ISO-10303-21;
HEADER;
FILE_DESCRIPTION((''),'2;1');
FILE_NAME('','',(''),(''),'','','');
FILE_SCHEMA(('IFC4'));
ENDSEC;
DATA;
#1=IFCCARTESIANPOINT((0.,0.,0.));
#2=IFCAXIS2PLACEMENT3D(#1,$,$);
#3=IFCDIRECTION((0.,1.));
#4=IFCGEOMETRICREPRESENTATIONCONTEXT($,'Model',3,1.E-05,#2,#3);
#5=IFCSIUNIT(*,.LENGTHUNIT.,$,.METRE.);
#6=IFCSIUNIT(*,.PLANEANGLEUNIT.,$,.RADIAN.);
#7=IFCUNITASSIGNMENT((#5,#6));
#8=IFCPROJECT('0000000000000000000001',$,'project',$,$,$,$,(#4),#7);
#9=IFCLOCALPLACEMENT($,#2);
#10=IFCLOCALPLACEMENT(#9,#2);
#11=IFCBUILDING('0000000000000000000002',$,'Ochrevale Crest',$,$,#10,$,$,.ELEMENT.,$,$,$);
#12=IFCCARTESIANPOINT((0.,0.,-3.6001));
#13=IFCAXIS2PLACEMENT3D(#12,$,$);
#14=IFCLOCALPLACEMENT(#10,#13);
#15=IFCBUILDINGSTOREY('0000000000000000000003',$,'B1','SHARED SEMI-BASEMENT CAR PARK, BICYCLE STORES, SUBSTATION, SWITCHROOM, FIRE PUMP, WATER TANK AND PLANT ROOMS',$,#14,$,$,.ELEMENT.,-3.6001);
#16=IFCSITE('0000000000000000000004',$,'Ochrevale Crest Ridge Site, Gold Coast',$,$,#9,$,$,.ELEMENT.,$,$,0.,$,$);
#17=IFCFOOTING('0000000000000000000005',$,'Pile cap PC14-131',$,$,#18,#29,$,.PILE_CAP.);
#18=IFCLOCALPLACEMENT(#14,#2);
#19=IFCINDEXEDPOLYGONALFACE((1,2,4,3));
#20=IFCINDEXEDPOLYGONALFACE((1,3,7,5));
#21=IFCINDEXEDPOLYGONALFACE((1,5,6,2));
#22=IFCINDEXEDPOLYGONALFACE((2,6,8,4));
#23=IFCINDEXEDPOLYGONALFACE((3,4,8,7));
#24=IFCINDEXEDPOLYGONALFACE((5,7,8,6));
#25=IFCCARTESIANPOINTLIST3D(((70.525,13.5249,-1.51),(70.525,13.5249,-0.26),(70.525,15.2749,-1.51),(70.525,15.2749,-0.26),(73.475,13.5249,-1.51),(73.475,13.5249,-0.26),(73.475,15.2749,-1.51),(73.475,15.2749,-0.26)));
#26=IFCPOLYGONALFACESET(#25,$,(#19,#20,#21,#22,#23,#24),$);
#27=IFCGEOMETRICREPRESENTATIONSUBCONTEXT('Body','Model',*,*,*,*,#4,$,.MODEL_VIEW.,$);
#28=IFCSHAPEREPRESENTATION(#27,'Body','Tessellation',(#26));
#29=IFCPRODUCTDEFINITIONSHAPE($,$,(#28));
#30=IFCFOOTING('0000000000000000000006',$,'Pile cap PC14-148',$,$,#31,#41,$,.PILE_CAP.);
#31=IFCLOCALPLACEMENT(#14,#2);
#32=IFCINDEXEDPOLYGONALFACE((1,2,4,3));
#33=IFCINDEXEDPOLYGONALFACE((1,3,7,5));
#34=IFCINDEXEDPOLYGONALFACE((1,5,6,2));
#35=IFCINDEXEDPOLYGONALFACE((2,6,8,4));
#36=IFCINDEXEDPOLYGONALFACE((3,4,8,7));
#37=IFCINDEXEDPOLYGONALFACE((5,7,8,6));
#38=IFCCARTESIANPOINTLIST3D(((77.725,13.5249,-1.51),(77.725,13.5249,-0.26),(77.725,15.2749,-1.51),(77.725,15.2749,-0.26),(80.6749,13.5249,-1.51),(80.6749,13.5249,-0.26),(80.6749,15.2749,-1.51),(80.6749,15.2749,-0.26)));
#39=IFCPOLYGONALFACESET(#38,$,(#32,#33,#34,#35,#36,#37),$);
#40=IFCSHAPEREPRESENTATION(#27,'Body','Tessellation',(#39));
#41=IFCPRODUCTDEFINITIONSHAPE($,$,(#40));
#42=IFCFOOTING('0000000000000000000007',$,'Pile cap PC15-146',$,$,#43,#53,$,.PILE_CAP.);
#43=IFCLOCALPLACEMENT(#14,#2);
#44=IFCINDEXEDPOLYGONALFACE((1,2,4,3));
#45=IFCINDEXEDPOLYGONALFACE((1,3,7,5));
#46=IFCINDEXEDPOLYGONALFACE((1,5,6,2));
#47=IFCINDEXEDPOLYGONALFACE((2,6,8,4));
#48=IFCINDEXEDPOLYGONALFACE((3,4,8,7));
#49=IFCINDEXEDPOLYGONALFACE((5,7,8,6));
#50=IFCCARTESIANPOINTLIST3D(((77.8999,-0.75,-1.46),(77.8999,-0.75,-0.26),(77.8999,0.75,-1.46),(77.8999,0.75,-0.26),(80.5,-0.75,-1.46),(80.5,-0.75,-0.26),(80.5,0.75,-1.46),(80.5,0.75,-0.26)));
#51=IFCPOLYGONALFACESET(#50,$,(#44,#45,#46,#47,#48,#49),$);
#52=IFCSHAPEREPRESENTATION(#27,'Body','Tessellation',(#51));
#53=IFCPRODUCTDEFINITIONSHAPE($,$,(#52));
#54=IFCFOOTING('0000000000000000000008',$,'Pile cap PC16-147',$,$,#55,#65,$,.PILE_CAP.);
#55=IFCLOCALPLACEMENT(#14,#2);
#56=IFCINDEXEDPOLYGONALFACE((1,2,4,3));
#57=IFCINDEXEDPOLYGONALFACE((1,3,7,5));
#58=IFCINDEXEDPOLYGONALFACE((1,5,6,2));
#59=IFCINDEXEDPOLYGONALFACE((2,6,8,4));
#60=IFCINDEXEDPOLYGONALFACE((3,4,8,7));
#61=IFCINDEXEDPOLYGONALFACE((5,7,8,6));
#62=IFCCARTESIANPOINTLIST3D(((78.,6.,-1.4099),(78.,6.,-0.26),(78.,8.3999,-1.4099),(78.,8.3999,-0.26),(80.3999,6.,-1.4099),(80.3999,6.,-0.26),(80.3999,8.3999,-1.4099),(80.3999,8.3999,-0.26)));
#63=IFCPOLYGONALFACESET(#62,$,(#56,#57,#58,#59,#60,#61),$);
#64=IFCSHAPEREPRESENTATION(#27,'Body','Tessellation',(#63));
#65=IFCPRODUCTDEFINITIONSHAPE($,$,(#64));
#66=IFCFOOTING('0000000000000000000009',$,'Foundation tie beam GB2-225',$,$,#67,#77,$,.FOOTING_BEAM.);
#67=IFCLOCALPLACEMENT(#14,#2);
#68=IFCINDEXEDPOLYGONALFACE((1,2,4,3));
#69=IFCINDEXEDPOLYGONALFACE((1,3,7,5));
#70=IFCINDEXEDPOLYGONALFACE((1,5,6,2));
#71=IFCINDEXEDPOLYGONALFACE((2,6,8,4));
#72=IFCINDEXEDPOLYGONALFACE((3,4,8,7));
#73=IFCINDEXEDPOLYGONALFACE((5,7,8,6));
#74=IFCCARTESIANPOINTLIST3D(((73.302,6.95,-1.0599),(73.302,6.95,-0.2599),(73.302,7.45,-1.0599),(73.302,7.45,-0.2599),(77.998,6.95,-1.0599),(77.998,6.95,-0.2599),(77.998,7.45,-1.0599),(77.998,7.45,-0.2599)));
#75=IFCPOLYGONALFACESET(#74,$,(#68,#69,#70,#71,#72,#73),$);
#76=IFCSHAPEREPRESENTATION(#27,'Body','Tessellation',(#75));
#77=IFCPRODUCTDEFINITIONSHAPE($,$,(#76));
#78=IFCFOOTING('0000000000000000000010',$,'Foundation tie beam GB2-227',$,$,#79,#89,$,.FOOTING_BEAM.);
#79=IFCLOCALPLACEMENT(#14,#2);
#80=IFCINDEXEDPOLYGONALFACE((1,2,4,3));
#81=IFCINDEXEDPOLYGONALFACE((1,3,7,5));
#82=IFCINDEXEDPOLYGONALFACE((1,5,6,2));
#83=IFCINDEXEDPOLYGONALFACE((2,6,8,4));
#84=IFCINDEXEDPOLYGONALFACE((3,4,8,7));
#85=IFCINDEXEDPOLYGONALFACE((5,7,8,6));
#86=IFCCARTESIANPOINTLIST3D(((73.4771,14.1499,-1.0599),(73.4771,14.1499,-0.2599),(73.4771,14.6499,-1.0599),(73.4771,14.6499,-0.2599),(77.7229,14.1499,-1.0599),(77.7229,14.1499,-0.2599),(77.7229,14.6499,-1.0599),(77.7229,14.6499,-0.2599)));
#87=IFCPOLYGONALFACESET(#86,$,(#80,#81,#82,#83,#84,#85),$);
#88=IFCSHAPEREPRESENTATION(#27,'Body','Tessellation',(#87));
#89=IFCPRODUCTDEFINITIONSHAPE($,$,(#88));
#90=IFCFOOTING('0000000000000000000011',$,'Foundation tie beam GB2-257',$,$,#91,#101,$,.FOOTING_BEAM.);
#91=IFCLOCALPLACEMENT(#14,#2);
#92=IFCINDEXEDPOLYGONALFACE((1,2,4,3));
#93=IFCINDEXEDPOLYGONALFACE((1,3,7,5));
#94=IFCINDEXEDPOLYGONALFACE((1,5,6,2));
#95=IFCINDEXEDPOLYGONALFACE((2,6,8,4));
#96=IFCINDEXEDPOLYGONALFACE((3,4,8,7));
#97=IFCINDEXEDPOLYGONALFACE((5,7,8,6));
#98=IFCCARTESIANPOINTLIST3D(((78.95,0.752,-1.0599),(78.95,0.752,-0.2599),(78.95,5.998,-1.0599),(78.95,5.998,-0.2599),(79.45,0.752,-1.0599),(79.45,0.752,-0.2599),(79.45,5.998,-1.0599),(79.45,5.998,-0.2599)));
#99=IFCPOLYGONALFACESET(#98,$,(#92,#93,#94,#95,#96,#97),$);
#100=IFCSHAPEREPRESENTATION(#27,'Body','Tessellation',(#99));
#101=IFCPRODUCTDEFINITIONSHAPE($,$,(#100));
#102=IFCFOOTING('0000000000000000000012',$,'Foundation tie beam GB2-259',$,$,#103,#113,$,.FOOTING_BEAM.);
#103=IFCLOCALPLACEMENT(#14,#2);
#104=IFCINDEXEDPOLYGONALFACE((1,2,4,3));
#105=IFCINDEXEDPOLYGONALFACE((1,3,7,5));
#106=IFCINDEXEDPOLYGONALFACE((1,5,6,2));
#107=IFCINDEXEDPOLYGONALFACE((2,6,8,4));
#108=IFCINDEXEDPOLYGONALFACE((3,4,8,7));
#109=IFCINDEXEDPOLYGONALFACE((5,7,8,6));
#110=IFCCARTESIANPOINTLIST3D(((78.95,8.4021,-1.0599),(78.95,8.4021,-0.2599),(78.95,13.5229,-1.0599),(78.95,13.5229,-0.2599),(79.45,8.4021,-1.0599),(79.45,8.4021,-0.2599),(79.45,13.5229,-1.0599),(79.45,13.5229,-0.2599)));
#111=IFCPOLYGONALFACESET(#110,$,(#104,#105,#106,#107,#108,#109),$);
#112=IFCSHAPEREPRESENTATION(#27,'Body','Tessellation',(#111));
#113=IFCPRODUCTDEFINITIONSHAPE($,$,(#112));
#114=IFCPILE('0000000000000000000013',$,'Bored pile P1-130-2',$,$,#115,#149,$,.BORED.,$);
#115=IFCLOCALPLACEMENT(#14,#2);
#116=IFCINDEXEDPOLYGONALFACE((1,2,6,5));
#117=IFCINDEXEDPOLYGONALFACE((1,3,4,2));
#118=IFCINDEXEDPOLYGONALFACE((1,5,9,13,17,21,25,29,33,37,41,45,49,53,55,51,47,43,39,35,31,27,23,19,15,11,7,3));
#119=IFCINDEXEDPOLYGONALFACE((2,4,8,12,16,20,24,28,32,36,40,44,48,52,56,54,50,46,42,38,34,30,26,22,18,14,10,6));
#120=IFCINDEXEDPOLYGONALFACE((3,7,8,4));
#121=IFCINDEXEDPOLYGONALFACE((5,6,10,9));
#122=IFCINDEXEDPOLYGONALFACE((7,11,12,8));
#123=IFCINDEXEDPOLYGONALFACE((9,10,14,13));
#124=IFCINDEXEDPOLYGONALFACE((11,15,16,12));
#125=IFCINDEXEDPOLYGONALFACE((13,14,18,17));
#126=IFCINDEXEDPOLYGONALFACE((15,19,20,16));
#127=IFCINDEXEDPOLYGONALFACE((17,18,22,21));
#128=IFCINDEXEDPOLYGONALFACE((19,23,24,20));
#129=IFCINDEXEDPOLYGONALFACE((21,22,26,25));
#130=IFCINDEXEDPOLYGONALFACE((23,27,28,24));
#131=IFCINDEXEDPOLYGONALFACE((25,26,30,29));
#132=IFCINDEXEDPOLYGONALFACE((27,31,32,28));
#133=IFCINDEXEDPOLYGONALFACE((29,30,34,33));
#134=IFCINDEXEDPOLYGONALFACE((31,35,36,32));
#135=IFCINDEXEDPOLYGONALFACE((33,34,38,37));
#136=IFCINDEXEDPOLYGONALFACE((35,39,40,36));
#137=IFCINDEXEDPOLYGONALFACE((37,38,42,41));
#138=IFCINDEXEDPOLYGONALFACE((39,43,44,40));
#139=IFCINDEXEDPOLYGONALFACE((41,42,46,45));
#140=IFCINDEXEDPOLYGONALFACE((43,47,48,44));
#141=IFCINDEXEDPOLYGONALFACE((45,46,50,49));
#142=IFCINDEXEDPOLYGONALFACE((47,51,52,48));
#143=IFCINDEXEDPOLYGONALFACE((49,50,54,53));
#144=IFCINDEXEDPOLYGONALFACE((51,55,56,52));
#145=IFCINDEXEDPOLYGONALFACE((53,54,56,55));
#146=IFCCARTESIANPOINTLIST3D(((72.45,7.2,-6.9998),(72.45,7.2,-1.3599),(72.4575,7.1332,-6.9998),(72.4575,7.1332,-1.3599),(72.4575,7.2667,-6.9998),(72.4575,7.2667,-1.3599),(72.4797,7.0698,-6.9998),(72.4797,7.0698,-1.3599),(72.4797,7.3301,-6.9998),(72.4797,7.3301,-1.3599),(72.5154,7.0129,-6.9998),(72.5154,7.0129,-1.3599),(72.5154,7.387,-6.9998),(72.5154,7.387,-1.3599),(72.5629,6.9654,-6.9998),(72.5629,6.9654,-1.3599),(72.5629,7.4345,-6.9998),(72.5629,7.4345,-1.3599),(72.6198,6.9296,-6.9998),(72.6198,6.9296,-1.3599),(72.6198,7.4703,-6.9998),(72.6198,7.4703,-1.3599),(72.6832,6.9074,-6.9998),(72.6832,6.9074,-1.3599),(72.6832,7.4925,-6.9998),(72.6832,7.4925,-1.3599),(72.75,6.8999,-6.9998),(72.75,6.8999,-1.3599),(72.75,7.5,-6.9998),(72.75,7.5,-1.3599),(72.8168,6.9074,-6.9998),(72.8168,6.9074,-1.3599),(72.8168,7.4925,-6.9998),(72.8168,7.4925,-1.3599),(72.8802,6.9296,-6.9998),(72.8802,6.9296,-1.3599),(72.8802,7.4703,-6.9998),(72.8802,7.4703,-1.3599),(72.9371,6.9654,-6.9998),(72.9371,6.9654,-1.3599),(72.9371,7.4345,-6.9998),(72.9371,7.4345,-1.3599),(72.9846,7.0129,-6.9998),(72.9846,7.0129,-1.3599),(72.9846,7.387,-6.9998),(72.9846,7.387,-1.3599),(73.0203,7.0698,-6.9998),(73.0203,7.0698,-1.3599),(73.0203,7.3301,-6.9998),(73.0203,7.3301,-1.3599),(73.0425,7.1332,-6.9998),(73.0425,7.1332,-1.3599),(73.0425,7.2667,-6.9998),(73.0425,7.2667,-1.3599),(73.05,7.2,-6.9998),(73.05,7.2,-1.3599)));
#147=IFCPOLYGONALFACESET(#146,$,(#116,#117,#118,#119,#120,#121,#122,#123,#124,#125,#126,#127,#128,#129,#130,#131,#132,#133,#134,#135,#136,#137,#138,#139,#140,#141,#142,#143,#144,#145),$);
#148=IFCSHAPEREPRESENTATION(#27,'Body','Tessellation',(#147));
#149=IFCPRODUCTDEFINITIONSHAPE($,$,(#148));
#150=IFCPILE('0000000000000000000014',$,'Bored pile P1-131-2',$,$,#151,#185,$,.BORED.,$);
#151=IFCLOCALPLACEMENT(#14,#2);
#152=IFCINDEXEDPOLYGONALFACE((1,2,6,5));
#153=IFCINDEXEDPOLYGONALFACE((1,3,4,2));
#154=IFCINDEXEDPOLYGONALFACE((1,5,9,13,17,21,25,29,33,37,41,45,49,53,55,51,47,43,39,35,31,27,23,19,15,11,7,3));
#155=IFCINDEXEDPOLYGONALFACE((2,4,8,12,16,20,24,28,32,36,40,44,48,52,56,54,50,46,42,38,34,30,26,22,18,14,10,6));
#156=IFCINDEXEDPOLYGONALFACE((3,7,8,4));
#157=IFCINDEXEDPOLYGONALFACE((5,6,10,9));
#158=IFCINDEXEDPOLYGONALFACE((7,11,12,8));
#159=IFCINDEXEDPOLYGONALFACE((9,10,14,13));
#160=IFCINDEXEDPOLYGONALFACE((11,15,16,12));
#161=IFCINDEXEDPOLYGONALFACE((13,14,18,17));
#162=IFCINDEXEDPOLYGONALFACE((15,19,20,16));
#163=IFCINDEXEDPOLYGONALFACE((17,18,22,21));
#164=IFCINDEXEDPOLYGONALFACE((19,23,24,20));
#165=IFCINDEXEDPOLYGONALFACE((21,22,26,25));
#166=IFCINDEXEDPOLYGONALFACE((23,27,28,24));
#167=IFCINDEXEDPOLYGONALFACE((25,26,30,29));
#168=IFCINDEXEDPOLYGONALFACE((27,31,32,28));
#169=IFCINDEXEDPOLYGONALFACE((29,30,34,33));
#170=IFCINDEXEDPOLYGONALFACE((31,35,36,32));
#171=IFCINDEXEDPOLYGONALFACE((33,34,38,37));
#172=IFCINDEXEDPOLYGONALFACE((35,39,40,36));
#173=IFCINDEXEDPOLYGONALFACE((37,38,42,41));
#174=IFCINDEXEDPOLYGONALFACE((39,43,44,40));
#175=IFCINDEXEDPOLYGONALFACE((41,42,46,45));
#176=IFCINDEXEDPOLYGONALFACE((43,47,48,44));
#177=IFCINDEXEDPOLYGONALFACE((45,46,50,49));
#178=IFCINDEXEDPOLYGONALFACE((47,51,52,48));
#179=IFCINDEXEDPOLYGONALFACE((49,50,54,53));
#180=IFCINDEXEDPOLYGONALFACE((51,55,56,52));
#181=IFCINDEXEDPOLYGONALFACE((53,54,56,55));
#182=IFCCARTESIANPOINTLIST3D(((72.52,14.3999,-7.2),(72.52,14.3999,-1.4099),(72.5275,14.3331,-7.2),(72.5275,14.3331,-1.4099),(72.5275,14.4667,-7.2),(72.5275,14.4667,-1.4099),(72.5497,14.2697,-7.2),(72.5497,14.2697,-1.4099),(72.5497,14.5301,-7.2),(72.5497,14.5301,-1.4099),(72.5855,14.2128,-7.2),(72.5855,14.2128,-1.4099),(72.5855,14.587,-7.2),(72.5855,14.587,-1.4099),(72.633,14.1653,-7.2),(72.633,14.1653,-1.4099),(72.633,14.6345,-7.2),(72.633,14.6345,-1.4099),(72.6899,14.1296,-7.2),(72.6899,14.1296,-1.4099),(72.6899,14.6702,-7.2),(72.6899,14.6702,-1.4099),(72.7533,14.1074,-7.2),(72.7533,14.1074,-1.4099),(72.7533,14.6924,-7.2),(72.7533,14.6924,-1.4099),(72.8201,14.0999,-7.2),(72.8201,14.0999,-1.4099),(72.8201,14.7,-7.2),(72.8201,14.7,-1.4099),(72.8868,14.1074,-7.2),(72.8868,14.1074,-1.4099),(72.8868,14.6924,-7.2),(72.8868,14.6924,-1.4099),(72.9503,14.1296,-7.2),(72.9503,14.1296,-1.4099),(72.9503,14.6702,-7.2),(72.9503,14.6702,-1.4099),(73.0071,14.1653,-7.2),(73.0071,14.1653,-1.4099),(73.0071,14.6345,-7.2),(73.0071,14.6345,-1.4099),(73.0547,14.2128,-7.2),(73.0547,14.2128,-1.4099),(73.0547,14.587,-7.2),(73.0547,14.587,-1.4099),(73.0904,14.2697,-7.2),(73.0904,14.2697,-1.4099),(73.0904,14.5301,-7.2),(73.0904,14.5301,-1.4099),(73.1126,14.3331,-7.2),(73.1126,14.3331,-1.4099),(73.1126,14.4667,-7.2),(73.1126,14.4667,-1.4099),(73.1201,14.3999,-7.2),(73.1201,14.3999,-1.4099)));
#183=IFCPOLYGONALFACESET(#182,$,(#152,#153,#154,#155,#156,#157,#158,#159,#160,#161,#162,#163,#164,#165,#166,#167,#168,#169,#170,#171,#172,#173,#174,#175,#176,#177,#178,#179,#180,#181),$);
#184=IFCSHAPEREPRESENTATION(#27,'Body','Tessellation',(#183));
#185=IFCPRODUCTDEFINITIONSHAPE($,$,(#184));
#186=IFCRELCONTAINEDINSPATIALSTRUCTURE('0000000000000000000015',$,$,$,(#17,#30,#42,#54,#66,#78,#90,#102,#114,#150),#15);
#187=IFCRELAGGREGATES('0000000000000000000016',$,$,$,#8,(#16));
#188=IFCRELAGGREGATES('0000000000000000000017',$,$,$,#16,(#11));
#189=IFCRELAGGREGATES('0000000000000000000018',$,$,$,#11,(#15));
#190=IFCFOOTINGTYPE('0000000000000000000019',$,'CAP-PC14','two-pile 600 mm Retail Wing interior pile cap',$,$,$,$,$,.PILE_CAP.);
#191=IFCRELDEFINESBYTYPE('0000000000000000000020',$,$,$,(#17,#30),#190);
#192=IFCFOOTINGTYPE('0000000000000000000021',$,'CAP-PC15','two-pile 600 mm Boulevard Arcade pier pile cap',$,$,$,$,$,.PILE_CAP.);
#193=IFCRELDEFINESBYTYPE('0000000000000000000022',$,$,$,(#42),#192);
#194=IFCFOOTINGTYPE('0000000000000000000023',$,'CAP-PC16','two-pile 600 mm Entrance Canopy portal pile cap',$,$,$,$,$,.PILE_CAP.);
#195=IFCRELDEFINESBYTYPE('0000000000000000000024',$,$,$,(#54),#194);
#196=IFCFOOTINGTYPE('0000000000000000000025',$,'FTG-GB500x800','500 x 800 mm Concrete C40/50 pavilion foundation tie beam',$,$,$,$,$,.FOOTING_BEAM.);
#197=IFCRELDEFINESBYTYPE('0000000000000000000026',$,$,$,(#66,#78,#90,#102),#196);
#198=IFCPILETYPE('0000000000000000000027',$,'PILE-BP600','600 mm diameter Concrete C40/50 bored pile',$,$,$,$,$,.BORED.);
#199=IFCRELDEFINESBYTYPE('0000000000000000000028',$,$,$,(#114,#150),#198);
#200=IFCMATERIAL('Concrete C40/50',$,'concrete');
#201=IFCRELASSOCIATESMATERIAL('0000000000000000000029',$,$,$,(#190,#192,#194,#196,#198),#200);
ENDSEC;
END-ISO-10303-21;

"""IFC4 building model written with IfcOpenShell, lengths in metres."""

from ifc_helpers import new_model, si_unit, direction, frame, origin, origin_2d, place, context, subcontext, project, spatial, rectangle, circle, extrude, material, material_profile, profile_set, type_object, element, save


model = new_model("IFC4")

# Units and contexts
model_context = context("Model", 3, precision=1e-05, world=origin(), true_north=direction((0.0, 1.0)))
body_context = subcontext(model_context, "Body", "Model", "MODEL_VIEW")
ifc_project = project(units=[si_unit("LENGTHUNIT", "METRE"), si_unit("PLANEANGLEUNIT", "RADIAN")], contexts=[model_context])

# Site, building, storey
site_placement = place(None, origin())
site = spatial("IfcSite", under=ifc_project, at=site_placement, Name="Ochrevale Crest Ridge Site, Gold Coast", CompositionType="ELEMENT", RefElevation=0.0)
building_placement = place(site_placement, origin())
building = spatial("IfcBuilding", under=site, at=building_placement, Name="Ochrevale Crest", CompositionType="ELEMENT")
storey_placement = place(building_placement, frame((0.0, 0.0, -3.6001)))
storey = spatial("IfcBuildingStorey", under=building, at=storey_placement, Name="B1", Description="SHARED SEMI-BASEMENT CAR PARK, BICYCLE STORES, SUBSTATION, SWITCHROOM, FIRE PUMP, WATER TANK AND PLANT ROOMS", CompositionType="ELEMENT", Elevation=-3.6001)

# Footings
ifc_material_1 = material(Name="Concrete C40/50", Category="concrete")
footing_type_1 = type_object("IfcFootingType", Name="CAP-PC14", Description="two-pile 600 mm Retail Wing interior pile cap", PredefinedType="PILE_CAP", material=ifc_material_1)
for number, where, z_axis, x_axis, name in (
    (1, (72.0, 14.3999, -1.51), (0.0, 0.0, 1.0), (1.0, 0.0, 0.0), "Pile cap PC14-131"),
    (2, (79.2, 14.3999, -1.51), (0.0, 0.0, 1.0), (1.0, 0.0, 0.0), "Pile cap PC14-148"),
):
    element("IfcFooting", number, at=place(storey_placement, frame(where, z_axis=z_axis, x_axis=x_axis)), inside=storey, type_object=footing_type_1, Name=name, PredefinedType="PILE_CAP", context=body_context, shape_type="SweptSolid", body=[
        extrude(rectangle(XDim=2.95, YDim=1.75, at=origin_2d()), origin(), (0.0, 0.0, 1.0), 1.25),
    ])
footing_type_2 = type_object("IfcFootingType", Name="CAP-PC15", Description="two-pile 600 mm Boulevard Arcade pier pile cap", PredefinedType="PILE_CAP", material=ifc_material_1)
footing_1_placement = place(storey_placement, frame((79.2, 0.0, -1.46), z_axis=(0.0, 0.0, 1.0), x_axis=(1.0, 0.0, 0.0)))
element("IfcFooting", 3, at=footing_1_placement, inside=storey, type_object=footing_type_2, Name="Pile cap PC15-146", PredefinedType="PILE_CAP", context=body_context, shape_type="SweptSolid", body=[
    extrude(rectangle(XDim=2.6001, YDim=1.5, at=origin_2d()), origin(), (0.0, 0.0, 1.0), 1.2),
])
footing_type_3 = type_object("IfcFootingType", Name="CAP-PC16", Description="two-pile 600 mm Entrance Canopy portal pile cap", PredefinedType="PILE_CAP", material=ifc_material_1)
footing_2_placement = place(storey_placement, frame((79.2, 7.2, -1.4099), z_axis=(0.0, 0.0, 1.0), x_axis=(1.0, 0.0, 0.0)))
element("IfcFooting", 4, at=footing_2_placement, inside=storey, type_object=footing_type_3, Name="Pile cap PC16-147", PredefinedType="PILE_CAP", context=body_context, shape_type="SweptSolid", body=[
    extrude(rectangle(XDim=2.3999, YDim=2.3999, at=origin_2d()), origin(), (0.0, 0.0, 1.0), 1.1499),
])
ifc_material_profile_1 = material_profile(ifc_material_1, rectangle(XDim=0.5, YDim=0.8, at=origin_2d()), Name="GB 500x800")
ifc_profile_set_1 = profile_set([ifc_material_profile_1], Name="Concrete C40/50")
footing_type_4 = type_object("IfcFootingType", Name="FTG-GB500x800", Description="500 x 800 mm Concrete C40/50 pavilion foundation tie beam", PredefinedType="FOOTING_BEAM", material=ifc_profile_set_1)
footing_3_placement = place(storey_placement, frame((73.302, 7.2, -0.6599), z_axis=(1.0, 0.0, 0.0), x_axis=(0.0, 1.0, 0.0)))
element("IfcFooting", 5, at=footing_3_placement, inside=storey, type_object=footing_type_4, Name="Foundation tie beam GB2-225", PredefinedType="FOOTING_BEAM", context=body_context, shape_type="SweptSolid", body=[
    extrude(rectangle(XDim=0.5, YDim=0.8, at=origin_2d()), origin(), (0.0, 0.0, 1.0), 4.696),
])
footing_4_placement = place(storey_placement, frame((73.4771, 14.3999, -0.6599), z_axis=(1.0, 0.0, 0.0), x_axis=(0.0, 1.0, 0.0)))
element("IfcFooting", 6, at=footing_4_placement, inside=storey, type_object=footing_type_4, Name="Foundation tie beam GB2-227", PredefinedType="FOOTING_BEAM", context=body_context, shape_type="SweptSolid", body=[
    extrude(rectangle(XDim=0.5, YDim=0.8, at=origin_2d()), origin(), (0.0, 0.0, 1.0), 4.2458),
])
footing_5_placement = place(storey_placement, frame((79.2, 0.752, -0.6599), z_axis=(0.0, 1.0, 0.0), x_axis=(-1.0, 0.0, 0.0)))
element("IfcFooting", 7, at=footing_5_placement, inside=storey, type_object=footing_type_4, Name="Foundation tie beam GB2-257", PredefinedType="FOOTING_BEAM", context=body_context, shape_type="SweptSolid", body=[
    extrude(rectangle(XDim=0.5, YDim=0.8, at=origin_2d()), origin(), (0.0, 0.0, 1.0), 5.2461),
])
footing_6_placement = place(storey_placement, frame((79.2, 8.4021, -0.6599), z_axis=(0.0, 1.0, 0.0), x_axis=(-1.0, 0.0, 0.0)))
element("IfcFooting", 8, at=footing_6_placement, inside=storey, type_object=footing_type_4, Name="Foundation tie beam GB2-259", PredefinedType="FOOTING_BEAM", context=body_context, shape_type="SweptSolid", body=[
    extrude(rectangle(XDim=0.5, YDim=0.8, at=origin_2d()), origin(), (0.0, 0.0, 1.0), 5.1208),
])

# Piles
ifc_material_profile_2 = material_profile(ifc_material_1, circle(Radius=0.3, at=origin_2d()), Name="BORED PILE 600")
ifc_profile_set_2 = profile_set([ifc_material_profile_2], Name="Concrete C40/50")
pile_type = type_object("IfcPileType", Name="PILE-BP600", Description="600 mm diameter Concrete C40/50 bored pile", PredefinedType="BORED", material=ifc_profile_set_2)
pile_1_placement = place(storey_placement, frame((72.75, 7.2, -1.3599), z_axis=(0.0, 0.0, -1.0), x_axis=(1.0, 0.0, 0.0)))
element("IfcPile", 9, at=pile_1_placement, inside=storey, type_object=pile_type, Name="Bored pile P1-130-2", PredefinedType="BORED", context=body_context, shape_type="SweptSolid", body=[
    extrude(circle(Radius=0.3, at=origin_2d()), origin(), (0.0, 0.0, 1.0), 5.6399),
])
pile_2_placement = place(storey_placement, frame((72.8201, 14.3999, -1.4099), z_axis=(0.0, 0.0, -1.0), x_axis=(1.0, 0.0, 0.0)))
element("IfcPile", 10, at=pile_2_placement, inside=storey, type_object=pile_type, Name="Bored pile P1-131-2", PredefinedType="BORED", context=body_context, shape_type="SweptSolid", body=[
    extrude(circle(Radius=0.3, at=origin_2d()), origin(), (0.0, 0.0, 1.0), 5.79),
])

save(model, "model.ifc")
